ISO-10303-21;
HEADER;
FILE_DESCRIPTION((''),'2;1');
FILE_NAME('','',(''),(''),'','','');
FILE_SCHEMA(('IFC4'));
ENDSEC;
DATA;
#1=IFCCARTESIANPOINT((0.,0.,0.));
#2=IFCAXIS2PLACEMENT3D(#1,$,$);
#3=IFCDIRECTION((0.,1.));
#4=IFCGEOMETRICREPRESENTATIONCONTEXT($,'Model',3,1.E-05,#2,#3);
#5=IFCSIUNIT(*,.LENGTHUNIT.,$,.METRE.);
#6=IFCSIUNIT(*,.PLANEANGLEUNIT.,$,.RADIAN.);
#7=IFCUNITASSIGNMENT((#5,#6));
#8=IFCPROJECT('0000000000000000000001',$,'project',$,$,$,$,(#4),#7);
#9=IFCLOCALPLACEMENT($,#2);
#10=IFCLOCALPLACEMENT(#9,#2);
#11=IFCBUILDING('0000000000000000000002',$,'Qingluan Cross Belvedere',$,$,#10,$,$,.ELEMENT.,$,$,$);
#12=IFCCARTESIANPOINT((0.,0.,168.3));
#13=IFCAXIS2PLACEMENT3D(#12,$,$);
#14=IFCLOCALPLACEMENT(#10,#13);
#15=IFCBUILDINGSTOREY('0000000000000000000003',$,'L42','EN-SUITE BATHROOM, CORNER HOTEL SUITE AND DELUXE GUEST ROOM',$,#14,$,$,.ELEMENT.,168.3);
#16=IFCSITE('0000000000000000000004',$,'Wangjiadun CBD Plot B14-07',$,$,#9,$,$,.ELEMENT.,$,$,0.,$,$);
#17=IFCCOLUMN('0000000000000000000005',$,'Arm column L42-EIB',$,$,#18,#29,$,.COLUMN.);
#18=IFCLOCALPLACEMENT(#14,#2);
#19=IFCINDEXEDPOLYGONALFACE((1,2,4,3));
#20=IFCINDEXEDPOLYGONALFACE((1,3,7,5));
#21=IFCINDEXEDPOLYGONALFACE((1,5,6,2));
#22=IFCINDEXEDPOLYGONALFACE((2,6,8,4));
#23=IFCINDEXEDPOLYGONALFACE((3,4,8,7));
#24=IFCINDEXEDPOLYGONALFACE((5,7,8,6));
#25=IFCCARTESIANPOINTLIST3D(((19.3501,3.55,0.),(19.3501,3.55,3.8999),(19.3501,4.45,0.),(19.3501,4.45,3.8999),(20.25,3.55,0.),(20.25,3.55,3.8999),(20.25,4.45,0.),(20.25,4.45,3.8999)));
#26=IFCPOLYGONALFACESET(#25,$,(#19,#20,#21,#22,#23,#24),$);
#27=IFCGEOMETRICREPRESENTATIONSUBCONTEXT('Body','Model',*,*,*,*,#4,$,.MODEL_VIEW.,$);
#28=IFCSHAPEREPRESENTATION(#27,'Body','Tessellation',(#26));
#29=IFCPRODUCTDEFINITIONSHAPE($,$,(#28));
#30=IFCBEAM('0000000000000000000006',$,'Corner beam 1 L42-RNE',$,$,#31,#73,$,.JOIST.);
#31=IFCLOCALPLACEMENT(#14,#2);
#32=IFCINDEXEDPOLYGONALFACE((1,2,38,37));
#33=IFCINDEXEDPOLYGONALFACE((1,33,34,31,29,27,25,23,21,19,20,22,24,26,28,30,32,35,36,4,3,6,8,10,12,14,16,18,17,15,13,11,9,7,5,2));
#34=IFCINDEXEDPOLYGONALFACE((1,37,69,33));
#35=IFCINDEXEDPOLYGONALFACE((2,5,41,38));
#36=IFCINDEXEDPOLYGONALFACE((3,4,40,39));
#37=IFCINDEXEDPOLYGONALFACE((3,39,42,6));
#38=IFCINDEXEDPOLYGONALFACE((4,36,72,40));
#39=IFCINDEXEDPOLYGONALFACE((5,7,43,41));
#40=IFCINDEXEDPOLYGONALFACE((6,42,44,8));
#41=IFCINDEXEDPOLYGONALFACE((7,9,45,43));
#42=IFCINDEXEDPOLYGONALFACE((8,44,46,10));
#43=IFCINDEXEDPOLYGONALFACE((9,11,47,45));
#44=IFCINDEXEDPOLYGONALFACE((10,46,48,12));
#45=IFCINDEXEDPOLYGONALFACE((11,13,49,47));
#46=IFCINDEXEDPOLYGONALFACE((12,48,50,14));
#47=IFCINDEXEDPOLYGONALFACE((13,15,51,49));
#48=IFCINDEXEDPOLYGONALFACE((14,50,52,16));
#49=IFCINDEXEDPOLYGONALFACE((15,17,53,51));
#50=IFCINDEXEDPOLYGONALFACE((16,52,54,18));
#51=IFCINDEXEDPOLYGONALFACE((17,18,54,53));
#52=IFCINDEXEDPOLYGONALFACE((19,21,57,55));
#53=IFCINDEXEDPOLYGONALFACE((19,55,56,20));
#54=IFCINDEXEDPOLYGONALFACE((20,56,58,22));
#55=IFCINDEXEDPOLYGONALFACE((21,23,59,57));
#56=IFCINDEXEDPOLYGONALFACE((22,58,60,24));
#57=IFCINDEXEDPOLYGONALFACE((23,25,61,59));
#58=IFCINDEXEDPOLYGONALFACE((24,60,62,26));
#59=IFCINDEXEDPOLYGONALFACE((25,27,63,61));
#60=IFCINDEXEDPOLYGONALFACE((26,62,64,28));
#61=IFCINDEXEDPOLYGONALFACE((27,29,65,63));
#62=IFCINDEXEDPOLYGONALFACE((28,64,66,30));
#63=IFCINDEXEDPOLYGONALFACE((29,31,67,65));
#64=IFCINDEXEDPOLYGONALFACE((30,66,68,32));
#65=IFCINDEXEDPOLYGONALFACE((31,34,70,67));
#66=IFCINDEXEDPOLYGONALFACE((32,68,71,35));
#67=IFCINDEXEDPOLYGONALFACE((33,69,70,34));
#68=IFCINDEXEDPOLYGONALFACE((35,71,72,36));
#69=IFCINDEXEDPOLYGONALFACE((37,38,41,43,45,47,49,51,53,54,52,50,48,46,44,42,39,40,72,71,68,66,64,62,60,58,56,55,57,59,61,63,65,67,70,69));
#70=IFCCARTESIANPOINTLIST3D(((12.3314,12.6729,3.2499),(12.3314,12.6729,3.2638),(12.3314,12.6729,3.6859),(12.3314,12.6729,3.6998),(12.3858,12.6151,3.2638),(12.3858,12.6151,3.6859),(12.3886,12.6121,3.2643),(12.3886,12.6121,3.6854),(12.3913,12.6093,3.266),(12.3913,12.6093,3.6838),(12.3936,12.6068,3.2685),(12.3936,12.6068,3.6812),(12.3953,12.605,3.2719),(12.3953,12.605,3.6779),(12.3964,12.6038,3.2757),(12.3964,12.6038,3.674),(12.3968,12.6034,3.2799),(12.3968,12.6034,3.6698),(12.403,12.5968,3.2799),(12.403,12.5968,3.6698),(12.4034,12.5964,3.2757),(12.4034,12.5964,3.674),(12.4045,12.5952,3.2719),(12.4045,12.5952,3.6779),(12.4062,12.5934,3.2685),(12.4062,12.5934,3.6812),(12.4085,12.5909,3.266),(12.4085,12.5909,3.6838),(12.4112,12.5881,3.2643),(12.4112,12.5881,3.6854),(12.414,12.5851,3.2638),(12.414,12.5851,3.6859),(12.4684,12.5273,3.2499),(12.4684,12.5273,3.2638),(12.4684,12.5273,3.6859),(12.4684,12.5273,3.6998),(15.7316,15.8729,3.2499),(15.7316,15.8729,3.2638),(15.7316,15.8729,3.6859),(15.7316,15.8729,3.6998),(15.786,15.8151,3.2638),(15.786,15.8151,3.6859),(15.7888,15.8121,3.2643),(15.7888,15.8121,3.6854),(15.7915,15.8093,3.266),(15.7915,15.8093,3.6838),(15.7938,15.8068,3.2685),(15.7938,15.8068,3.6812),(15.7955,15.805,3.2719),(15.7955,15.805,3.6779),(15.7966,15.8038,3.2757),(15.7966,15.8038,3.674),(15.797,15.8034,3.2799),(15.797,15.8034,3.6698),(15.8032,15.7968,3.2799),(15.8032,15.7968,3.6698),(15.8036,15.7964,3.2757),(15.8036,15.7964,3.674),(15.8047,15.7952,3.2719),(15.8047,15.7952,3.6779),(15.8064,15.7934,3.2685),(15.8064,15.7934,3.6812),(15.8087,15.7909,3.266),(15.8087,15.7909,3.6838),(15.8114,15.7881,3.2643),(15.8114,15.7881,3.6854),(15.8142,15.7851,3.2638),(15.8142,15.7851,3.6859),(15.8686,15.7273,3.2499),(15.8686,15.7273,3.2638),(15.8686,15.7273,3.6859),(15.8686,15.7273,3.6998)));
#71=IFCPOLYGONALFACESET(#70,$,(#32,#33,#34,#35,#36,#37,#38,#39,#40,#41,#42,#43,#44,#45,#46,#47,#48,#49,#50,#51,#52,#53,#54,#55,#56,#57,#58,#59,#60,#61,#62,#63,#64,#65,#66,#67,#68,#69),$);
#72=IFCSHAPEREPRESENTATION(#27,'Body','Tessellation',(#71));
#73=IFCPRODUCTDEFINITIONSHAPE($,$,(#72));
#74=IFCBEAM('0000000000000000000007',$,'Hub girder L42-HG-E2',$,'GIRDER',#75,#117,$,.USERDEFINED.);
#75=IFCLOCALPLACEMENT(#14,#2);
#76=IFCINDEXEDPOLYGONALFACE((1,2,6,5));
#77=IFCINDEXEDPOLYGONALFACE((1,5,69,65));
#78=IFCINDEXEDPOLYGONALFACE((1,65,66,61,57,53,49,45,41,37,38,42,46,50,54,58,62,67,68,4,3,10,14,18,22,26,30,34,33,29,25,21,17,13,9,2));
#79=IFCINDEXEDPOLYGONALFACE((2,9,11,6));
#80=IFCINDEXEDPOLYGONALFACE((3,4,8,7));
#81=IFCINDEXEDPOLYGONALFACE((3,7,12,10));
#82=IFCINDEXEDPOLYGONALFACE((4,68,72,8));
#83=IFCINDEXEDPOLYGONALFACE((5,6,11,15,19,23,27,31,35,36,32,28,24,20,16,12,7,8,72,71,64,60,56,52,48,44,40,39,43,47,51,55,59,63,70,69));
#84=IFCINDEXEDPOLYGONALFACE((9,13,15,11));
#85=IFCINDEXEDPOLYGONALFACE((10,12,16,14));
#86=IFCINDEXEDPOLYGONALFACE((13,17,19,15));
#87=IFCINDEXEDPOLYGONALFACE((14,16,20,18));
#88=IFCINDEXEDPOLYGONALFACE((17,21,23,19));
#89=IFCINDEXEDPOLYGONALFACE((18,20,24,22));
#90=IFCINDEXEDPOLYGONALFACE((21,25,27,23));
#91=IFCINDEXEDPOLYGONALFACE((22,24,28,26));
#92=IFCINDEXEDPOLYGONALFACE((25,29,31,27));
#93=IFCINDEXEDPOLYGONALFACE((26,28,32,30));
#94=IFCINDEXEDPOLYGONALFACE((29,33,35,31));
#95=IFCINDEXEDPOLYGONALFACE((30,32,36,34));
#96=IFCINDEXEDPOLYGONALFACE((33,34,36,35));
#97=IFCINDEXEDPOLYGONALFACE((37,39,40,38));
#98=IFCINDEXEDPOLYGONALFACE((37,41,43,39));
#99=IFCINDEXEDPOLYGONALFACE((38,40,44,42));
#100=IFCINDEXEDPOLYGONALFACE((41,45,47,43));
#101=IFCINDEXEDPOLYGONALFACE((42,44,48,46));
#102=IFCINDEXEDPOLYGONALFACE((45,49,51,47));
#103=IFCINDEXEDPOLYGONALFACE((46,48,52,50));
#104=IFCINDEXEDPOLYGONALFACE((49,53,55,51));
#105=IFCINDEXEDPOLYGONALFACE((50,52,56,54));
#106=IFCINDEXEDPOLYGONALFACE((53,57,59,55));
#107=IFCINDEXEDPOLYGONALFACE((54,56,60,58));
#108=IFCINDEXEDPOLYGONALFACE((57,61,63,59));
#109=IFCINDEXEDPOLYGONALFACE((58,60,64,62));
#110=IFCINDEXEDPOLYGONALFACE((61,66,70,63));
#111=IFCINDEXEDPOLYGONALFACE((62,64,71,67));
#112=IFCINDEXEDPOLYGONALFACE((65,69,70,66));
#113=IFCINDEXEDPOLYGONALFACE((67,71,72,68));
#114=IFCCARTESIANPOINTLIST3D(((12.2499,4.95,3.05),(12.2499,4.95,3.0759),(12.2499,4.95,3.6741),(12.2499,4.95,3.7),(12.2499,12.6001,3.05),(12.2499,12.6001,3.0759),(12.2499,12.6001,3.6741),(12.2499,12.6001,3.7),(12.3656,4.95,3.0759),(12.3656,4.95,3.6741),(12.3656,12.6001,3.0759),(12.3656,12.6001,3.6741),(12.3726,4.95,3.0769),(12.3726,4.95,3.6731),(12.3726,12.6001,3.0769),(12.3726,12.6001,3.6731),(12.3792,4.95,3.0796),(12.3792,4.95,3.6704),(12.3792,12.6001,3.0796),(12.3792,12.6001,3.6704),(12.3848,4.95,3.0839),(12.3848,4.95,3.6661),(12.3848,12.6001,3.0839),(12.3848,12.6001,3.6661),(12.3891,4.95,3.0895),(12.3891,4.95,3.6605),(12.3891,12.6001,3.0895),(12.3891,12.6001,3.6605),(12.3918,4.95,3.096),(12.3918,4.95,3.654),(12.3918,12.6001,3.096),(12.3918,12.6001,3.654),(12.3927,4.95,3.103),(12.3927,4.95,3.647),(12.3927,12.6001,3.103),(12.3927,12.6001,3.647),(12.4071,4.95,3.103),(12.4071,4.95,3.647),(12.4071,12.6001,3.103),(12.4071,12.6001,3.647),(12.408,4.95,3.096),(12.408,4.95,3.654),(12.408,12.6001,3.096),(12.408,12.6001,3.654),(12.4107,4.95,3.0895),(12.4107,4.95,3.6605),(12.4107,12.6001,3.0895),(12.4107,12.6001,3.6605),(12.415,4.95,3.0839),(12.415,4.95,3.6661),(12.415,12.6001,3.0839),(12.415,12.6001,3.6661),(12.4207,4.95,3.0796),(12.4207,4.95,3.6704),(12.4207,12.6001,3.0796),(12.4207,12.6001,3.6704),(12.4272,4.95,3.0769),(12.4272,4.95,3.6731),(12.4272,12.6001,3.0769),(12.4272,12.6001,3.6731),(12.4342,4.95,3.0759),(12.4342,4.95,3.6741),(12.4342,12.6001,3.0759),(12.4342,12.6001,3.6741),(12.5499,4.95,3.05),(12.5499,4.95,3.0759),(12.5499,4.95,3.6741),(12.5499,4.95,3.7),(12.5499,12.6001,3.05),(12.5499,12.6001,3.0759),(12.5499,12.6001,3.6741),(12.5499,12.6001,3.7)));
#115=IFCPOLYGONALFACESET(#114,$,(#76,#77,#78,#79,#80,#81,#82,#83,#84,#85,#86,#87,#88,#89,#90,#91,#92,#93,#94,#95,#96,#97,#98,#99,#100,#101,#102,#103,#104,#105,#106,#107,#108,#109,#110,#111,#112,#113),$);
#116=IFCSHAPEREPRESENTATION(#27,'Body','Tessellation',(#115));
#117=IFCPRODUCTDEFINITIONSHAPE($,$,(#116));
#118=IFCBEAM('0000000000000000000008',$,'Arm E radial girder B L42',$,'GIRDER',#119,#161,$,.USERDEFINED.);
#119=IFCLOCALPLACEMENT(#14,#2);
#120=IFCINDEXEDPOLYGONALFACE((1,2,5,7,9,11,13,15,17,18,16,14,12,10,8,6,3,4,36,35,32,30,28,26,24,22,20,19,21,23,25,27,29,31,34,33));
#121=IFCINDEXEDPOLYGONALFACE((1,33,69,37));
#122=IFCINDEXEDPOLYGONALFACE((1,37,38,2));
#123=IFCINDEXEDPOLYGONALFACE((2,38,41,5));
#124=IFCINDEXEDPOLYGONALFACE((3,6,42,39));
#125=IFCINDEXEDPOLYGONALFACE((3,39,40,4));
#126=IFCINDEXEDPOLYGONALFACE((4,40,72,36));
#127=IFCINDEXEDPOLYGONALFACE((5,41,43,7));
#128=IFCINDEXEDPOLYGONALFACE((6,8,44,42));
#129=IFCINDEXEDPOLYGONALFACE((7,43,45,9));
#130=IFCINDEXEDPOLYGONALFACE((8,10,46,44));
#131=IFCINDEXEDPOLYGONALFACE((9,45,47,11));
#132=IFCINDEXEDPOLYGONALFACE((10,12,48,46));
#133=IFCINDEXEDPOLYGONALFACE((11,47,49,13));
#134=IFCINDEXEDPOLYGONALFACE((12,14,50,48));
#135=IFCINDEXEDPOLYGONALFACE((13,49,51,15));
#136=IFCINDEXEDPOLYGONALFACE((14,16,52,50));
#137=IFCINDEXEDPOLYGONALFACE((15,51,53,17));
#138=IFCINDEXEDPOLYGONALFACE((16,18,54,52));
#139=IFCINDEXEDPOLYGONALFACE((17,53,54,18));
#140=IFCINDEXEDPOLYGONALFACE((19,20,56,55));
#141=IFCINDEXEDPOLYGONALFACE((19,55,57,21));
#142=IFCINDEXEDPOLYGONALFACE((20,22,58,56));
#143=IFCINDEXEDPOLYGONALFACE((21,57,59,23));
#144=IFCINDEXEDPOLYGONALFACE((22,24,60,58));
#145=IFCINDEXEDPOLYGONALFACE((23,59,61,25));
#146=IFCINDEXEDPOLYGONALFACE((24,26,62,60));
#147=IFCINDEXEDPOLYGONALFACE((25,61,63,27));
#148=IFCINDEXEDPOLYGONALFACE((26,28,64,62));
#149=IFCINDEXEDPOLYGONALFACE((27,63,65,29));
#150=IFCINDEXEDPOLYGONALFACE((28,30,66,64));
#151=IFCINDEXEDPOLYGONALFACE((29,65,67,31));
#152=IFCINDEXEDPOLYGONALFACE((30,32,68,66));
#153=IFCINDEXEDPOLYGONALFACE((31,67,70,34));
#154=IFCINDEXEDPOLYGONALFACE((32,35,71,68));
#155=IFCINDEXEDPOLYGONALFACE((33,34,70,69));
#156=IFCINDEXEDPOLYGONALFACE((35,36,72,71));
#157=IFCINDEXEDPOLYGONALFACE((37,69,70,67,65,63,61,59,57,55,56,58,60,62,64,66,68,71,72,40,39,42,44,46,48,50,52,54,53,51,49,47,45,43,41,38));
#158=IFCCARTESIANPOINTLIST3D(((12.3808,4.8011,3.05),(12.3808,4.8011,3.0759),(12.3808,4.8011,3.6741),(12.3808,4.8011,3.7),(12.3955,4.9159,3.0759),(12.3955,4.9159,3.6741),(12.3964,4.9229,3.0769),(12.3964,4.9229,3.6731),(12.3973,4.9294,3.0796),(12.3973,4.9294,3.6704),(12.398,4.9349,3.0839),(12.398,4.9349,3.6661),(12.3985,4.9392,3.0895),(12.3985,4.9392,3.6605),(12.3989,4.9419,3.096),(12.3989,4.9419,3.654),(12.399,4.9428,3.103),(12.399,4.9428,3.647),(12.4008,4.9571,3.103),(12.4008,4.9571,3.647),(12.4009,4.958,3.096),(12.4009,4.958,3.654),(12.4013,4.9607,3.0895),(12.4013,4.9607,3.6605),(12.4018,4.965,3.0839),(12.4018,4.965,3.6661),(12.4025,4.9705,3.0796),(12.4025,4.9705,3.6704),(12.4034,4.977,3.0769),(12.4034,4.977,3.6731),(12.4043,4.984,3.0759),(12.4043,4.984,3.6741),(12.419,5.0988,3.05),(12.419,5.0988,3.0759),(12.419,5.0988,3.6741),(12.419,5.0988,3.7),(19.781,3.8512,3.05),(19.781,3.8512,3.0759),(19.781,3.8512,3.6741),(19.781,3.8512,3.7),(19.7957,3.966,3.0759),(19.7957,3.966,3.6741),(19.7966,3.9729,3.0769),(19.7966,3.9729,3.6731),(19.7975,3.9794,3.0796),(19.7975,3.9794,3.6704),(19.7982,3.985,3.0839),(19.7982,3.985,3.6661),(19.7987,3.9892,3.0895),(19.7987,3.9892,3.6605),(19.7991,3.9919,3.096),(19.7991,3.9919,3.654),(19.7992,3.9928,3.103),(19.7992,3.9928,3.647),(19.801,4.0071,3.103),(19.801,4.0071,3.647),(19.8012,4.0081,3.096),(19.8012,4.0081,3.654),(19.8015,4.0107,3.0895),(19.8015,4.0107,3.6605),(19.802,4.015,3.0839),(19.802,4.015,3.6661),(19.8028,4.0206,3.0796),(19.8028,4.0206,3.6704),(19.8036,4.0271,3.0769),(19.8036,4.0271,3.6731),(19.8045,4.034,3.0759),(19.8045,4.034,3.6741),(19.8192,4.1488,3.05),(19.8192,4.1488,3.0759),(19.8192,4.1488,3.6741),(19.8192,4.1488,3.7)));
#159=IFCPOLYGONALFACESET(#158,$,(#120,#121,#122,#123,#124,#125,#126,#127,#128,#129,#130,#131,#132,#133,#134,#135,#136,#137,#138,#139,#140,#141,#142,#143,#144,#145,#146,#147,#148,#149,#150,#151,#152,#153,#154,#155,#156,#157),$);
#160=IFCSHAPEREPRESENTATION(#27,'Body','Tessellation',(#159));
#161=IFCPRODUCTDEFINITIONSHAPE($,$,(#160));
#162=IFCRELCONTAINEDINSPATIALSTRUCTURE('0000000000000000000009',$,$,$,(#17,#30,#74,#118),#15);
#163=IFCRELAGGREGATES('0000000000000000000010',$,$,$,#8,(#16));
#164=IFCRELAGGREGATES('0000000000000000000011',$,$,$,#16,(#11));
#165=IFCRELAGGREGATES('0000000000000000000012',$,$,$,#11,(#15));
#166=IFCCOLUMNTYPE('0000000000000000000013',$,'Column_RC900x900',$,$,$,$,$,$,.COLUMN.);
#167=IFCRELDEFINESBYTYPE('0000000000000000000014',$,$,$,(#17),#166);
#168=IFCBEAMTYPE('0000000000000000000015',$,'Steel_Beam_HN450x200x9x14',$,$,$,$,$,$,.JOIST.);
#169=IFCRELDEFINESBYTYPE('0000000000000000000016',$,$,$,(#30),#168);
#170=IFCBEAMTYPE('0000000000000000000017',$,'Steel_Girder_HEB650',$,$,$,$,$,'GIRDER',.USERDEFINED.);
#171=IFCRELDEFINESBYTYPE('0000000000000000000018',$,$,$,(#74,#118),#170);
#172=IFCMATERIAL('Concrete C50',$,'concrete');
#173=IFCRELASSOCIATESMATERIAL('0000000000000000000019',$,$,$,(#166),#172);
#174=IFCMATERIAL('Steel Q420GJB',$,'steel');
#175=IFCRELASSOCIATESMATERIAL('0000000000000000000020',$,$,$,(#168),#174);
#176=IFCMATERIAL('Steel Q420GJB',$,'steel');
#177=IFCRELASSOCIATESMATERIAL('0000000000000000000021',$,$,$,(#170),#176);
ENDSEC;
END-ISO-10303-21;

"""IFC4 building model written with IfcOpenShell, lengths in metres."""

from ifc_helpers import new_model, si_unit, direction, frame, origin, origin_2d, place, context, subcontext, project, spatial, rectangle, i_section, extrude, material, material_profile, profile_set, type_object, element, save


model = new_model("IFC4")

# Units and contexts
model_context = context("Model", 3, precision=1e-05, world=origin(), true_north=direction((0.0, 1.0)))
body_context = subcontext(model_context, "Body", "Model", "MODEL_VIEW")
ifc_project = project(units=[si_unit("LENGTHUNIT", "METRE"), si_unit("PLANEANGLEUNIT", "RADIAN")], contexts=[model_context])

# Site, building, storey
site_placement = place(None, origin())
site = spatial("IfcSite", under=ifc_project, at=site_placement, Name="Wangjiadun CBD Plot B14-07", CompositionType="ELEMENT", RefElevation=0.0)
building_placement = place(site_placement, origin())
building = spatial("IfcBuilding", under=site, at=building_placement, Name="Qingluan Cross Belvedere", CompositionType="ELEMENT")
storey_placement = place(building_placement, frame((0.0, 0.0, 168.3)))
storey = spatial("IfcBuildingStorey", under=building, at=storey_placement, Name="L42", Description="EN-SUITE BATHROOM, CORNER HOTEL SUITE AND DELUXE GUEST ROOM", CompositionType="ELEMENT", Elevation=168.3)

# Column
ifc_material_1 = material(Name="Concrete C50", Category="concrete")
ifc_material_profile_1 = material_profile(ifc_material_1, rectangle(XDim=0.8999, YDim=0.8999, at=origin_2d()), Name="RC900x900")
ifc_profile_set_1 = profile_set([ifc_material_profile_1], Name="Concrete C50")
column_type = type_object("IfcColumnType", Name="Column_RC900x900", PredefinedType="COLUMN", material=ifc_profile_set_1)
column_placement = place(storey_placement, frame((19.8, 4.0, 0.0), z_axis=(0.0, 0.0, 1.0), x_axis=(1.0, 0.0, 0.0)))
element("IfcColumn", 1, at=column_placement, inside=storey, type_object=column_type, Name="Arm column L42-EIB", PredefinedType="COLUMN", context=body_context, shape_type="SweptSolid", body=[
    extrude(rectangle(XDim=0.8999, YDim=0.8999, at=origin_2d()), origin(), (0.0, 0.0, 1.0), 3.8999),
])

# Beams
ifc_material_2 = material(Name="Steel Q420GJB", Category="steel")
ifc_material_profile_2 = material_profile(ifc_material_2, i_section(OverallWidth=0.2, OverallDepth=0.45, WebThickness=0.009, FlangeThickness=0.0139, FilletRadius=0.0161, at=origin_2d()), Name="HN450x200x9x14")
ifc_profile_set_2 = profile_set([ifc_material_profile_2], Name="Steel Q420GJB")
beam_type_1 = type_object("IfcBeamType", Name="Steel_Beam_HN450x200x9x14", PredefinedType="JOIST", material=ifc_profile_set_2)
beam_1_placement = place(storey_placement, frame((12.3999, 12.6001, 3.4749), z_axis=(0.72822, 0.685343, 0.0), x_axis=(-0.685343, 0.72822, 0.0)))
element("IfcBeam", 2, at=beam_1_placement, inside=storey, type_object=beam_type_1, Name="Corner beam 1 L42-RNE", PredefinedType="JOIST", context=body_context, shape_type="SweptSolid", body=[
    extrude(i_section(OverallWidth=0.2, OverallDepth=0.45, WebThickness=0.009, FlangeThickness=0.0139, FilletRadius=0.0161, at=origin_2d()), origin(), (0.0, 0.0, 1.0), 4.6692),
])
ifc_material_3 = material(Name="Steel Q420GJB", Category="steel")
ifc_material_profile_3 = material_profile(ifc_material_3, i_section(OverallWidth=0.3, OverallDepth=0.6499, WebThickness=0.0144, FlangeThickness=0.0259, FilletRadius=0.0271, at=origin_2d()), Name="HEB650")
ifc_profile_set_3 = profile_set([ifc_material_profile_3], Name="Steel Q420GJB")
beam_type_2 = type_object("IfcBeamType", Name="Steel_Girder_HEB650", ElementType="GIRDER", PredefinedType="USERDEFINED", material=ifc_profile_set_3)
beam_2_placement = place(storey_placement, frame((12.3999, 4.95, 3.375), z_axis=(0.0, 1.0, 0.0), x_axis=(-1.0, 0.0, 0.0)))
element("IfcBeam", 3, at=beam_2_placement, inside=storey, type_object=beam_type_2, Name="Hub girder L42-HG-E2", ObjectType="GIRDER", PredefinedType="USERDEFINED", context=body_context, shape_type="SweptSolid", body=[
    extrude(i_section(OverallWidth=0.3, OverallDepth=0.6499, WebThickness=0.0144, FlangeThickness=0.0259, FilletRadius=0.0271, at=origin_2d()), origin(), (0.0, 0.0, 1.0), 7.6501),
])
beam_3_placement = place(storey_placement, frame((12.3999, 4.95, 3.375), z_axis=(0.991861, -0.127324, 0.0), x_axis=(0.127324, 0.991861, 0.0)))
element("IfcBeam", 4, at=beam_3_placement, inside=storey, type_object=beam_type_2, Name="Arm E radial girder B L42", ObjectType="GIRDER", PredefinedType="USERDEFINED", context=body_context, shape_type="SweptSolid", body=[
    extrude(i_section(OverallWidth=0.3, OverallDepth=0.6499, WebThickness=0.0144, FlangeThickness=0.0259, FilletRadius=0.0271, at=origin_2d()), origin(), (0.0, 0.0, 1.0), 7.4609),
])

save(model, "model.ifc")
